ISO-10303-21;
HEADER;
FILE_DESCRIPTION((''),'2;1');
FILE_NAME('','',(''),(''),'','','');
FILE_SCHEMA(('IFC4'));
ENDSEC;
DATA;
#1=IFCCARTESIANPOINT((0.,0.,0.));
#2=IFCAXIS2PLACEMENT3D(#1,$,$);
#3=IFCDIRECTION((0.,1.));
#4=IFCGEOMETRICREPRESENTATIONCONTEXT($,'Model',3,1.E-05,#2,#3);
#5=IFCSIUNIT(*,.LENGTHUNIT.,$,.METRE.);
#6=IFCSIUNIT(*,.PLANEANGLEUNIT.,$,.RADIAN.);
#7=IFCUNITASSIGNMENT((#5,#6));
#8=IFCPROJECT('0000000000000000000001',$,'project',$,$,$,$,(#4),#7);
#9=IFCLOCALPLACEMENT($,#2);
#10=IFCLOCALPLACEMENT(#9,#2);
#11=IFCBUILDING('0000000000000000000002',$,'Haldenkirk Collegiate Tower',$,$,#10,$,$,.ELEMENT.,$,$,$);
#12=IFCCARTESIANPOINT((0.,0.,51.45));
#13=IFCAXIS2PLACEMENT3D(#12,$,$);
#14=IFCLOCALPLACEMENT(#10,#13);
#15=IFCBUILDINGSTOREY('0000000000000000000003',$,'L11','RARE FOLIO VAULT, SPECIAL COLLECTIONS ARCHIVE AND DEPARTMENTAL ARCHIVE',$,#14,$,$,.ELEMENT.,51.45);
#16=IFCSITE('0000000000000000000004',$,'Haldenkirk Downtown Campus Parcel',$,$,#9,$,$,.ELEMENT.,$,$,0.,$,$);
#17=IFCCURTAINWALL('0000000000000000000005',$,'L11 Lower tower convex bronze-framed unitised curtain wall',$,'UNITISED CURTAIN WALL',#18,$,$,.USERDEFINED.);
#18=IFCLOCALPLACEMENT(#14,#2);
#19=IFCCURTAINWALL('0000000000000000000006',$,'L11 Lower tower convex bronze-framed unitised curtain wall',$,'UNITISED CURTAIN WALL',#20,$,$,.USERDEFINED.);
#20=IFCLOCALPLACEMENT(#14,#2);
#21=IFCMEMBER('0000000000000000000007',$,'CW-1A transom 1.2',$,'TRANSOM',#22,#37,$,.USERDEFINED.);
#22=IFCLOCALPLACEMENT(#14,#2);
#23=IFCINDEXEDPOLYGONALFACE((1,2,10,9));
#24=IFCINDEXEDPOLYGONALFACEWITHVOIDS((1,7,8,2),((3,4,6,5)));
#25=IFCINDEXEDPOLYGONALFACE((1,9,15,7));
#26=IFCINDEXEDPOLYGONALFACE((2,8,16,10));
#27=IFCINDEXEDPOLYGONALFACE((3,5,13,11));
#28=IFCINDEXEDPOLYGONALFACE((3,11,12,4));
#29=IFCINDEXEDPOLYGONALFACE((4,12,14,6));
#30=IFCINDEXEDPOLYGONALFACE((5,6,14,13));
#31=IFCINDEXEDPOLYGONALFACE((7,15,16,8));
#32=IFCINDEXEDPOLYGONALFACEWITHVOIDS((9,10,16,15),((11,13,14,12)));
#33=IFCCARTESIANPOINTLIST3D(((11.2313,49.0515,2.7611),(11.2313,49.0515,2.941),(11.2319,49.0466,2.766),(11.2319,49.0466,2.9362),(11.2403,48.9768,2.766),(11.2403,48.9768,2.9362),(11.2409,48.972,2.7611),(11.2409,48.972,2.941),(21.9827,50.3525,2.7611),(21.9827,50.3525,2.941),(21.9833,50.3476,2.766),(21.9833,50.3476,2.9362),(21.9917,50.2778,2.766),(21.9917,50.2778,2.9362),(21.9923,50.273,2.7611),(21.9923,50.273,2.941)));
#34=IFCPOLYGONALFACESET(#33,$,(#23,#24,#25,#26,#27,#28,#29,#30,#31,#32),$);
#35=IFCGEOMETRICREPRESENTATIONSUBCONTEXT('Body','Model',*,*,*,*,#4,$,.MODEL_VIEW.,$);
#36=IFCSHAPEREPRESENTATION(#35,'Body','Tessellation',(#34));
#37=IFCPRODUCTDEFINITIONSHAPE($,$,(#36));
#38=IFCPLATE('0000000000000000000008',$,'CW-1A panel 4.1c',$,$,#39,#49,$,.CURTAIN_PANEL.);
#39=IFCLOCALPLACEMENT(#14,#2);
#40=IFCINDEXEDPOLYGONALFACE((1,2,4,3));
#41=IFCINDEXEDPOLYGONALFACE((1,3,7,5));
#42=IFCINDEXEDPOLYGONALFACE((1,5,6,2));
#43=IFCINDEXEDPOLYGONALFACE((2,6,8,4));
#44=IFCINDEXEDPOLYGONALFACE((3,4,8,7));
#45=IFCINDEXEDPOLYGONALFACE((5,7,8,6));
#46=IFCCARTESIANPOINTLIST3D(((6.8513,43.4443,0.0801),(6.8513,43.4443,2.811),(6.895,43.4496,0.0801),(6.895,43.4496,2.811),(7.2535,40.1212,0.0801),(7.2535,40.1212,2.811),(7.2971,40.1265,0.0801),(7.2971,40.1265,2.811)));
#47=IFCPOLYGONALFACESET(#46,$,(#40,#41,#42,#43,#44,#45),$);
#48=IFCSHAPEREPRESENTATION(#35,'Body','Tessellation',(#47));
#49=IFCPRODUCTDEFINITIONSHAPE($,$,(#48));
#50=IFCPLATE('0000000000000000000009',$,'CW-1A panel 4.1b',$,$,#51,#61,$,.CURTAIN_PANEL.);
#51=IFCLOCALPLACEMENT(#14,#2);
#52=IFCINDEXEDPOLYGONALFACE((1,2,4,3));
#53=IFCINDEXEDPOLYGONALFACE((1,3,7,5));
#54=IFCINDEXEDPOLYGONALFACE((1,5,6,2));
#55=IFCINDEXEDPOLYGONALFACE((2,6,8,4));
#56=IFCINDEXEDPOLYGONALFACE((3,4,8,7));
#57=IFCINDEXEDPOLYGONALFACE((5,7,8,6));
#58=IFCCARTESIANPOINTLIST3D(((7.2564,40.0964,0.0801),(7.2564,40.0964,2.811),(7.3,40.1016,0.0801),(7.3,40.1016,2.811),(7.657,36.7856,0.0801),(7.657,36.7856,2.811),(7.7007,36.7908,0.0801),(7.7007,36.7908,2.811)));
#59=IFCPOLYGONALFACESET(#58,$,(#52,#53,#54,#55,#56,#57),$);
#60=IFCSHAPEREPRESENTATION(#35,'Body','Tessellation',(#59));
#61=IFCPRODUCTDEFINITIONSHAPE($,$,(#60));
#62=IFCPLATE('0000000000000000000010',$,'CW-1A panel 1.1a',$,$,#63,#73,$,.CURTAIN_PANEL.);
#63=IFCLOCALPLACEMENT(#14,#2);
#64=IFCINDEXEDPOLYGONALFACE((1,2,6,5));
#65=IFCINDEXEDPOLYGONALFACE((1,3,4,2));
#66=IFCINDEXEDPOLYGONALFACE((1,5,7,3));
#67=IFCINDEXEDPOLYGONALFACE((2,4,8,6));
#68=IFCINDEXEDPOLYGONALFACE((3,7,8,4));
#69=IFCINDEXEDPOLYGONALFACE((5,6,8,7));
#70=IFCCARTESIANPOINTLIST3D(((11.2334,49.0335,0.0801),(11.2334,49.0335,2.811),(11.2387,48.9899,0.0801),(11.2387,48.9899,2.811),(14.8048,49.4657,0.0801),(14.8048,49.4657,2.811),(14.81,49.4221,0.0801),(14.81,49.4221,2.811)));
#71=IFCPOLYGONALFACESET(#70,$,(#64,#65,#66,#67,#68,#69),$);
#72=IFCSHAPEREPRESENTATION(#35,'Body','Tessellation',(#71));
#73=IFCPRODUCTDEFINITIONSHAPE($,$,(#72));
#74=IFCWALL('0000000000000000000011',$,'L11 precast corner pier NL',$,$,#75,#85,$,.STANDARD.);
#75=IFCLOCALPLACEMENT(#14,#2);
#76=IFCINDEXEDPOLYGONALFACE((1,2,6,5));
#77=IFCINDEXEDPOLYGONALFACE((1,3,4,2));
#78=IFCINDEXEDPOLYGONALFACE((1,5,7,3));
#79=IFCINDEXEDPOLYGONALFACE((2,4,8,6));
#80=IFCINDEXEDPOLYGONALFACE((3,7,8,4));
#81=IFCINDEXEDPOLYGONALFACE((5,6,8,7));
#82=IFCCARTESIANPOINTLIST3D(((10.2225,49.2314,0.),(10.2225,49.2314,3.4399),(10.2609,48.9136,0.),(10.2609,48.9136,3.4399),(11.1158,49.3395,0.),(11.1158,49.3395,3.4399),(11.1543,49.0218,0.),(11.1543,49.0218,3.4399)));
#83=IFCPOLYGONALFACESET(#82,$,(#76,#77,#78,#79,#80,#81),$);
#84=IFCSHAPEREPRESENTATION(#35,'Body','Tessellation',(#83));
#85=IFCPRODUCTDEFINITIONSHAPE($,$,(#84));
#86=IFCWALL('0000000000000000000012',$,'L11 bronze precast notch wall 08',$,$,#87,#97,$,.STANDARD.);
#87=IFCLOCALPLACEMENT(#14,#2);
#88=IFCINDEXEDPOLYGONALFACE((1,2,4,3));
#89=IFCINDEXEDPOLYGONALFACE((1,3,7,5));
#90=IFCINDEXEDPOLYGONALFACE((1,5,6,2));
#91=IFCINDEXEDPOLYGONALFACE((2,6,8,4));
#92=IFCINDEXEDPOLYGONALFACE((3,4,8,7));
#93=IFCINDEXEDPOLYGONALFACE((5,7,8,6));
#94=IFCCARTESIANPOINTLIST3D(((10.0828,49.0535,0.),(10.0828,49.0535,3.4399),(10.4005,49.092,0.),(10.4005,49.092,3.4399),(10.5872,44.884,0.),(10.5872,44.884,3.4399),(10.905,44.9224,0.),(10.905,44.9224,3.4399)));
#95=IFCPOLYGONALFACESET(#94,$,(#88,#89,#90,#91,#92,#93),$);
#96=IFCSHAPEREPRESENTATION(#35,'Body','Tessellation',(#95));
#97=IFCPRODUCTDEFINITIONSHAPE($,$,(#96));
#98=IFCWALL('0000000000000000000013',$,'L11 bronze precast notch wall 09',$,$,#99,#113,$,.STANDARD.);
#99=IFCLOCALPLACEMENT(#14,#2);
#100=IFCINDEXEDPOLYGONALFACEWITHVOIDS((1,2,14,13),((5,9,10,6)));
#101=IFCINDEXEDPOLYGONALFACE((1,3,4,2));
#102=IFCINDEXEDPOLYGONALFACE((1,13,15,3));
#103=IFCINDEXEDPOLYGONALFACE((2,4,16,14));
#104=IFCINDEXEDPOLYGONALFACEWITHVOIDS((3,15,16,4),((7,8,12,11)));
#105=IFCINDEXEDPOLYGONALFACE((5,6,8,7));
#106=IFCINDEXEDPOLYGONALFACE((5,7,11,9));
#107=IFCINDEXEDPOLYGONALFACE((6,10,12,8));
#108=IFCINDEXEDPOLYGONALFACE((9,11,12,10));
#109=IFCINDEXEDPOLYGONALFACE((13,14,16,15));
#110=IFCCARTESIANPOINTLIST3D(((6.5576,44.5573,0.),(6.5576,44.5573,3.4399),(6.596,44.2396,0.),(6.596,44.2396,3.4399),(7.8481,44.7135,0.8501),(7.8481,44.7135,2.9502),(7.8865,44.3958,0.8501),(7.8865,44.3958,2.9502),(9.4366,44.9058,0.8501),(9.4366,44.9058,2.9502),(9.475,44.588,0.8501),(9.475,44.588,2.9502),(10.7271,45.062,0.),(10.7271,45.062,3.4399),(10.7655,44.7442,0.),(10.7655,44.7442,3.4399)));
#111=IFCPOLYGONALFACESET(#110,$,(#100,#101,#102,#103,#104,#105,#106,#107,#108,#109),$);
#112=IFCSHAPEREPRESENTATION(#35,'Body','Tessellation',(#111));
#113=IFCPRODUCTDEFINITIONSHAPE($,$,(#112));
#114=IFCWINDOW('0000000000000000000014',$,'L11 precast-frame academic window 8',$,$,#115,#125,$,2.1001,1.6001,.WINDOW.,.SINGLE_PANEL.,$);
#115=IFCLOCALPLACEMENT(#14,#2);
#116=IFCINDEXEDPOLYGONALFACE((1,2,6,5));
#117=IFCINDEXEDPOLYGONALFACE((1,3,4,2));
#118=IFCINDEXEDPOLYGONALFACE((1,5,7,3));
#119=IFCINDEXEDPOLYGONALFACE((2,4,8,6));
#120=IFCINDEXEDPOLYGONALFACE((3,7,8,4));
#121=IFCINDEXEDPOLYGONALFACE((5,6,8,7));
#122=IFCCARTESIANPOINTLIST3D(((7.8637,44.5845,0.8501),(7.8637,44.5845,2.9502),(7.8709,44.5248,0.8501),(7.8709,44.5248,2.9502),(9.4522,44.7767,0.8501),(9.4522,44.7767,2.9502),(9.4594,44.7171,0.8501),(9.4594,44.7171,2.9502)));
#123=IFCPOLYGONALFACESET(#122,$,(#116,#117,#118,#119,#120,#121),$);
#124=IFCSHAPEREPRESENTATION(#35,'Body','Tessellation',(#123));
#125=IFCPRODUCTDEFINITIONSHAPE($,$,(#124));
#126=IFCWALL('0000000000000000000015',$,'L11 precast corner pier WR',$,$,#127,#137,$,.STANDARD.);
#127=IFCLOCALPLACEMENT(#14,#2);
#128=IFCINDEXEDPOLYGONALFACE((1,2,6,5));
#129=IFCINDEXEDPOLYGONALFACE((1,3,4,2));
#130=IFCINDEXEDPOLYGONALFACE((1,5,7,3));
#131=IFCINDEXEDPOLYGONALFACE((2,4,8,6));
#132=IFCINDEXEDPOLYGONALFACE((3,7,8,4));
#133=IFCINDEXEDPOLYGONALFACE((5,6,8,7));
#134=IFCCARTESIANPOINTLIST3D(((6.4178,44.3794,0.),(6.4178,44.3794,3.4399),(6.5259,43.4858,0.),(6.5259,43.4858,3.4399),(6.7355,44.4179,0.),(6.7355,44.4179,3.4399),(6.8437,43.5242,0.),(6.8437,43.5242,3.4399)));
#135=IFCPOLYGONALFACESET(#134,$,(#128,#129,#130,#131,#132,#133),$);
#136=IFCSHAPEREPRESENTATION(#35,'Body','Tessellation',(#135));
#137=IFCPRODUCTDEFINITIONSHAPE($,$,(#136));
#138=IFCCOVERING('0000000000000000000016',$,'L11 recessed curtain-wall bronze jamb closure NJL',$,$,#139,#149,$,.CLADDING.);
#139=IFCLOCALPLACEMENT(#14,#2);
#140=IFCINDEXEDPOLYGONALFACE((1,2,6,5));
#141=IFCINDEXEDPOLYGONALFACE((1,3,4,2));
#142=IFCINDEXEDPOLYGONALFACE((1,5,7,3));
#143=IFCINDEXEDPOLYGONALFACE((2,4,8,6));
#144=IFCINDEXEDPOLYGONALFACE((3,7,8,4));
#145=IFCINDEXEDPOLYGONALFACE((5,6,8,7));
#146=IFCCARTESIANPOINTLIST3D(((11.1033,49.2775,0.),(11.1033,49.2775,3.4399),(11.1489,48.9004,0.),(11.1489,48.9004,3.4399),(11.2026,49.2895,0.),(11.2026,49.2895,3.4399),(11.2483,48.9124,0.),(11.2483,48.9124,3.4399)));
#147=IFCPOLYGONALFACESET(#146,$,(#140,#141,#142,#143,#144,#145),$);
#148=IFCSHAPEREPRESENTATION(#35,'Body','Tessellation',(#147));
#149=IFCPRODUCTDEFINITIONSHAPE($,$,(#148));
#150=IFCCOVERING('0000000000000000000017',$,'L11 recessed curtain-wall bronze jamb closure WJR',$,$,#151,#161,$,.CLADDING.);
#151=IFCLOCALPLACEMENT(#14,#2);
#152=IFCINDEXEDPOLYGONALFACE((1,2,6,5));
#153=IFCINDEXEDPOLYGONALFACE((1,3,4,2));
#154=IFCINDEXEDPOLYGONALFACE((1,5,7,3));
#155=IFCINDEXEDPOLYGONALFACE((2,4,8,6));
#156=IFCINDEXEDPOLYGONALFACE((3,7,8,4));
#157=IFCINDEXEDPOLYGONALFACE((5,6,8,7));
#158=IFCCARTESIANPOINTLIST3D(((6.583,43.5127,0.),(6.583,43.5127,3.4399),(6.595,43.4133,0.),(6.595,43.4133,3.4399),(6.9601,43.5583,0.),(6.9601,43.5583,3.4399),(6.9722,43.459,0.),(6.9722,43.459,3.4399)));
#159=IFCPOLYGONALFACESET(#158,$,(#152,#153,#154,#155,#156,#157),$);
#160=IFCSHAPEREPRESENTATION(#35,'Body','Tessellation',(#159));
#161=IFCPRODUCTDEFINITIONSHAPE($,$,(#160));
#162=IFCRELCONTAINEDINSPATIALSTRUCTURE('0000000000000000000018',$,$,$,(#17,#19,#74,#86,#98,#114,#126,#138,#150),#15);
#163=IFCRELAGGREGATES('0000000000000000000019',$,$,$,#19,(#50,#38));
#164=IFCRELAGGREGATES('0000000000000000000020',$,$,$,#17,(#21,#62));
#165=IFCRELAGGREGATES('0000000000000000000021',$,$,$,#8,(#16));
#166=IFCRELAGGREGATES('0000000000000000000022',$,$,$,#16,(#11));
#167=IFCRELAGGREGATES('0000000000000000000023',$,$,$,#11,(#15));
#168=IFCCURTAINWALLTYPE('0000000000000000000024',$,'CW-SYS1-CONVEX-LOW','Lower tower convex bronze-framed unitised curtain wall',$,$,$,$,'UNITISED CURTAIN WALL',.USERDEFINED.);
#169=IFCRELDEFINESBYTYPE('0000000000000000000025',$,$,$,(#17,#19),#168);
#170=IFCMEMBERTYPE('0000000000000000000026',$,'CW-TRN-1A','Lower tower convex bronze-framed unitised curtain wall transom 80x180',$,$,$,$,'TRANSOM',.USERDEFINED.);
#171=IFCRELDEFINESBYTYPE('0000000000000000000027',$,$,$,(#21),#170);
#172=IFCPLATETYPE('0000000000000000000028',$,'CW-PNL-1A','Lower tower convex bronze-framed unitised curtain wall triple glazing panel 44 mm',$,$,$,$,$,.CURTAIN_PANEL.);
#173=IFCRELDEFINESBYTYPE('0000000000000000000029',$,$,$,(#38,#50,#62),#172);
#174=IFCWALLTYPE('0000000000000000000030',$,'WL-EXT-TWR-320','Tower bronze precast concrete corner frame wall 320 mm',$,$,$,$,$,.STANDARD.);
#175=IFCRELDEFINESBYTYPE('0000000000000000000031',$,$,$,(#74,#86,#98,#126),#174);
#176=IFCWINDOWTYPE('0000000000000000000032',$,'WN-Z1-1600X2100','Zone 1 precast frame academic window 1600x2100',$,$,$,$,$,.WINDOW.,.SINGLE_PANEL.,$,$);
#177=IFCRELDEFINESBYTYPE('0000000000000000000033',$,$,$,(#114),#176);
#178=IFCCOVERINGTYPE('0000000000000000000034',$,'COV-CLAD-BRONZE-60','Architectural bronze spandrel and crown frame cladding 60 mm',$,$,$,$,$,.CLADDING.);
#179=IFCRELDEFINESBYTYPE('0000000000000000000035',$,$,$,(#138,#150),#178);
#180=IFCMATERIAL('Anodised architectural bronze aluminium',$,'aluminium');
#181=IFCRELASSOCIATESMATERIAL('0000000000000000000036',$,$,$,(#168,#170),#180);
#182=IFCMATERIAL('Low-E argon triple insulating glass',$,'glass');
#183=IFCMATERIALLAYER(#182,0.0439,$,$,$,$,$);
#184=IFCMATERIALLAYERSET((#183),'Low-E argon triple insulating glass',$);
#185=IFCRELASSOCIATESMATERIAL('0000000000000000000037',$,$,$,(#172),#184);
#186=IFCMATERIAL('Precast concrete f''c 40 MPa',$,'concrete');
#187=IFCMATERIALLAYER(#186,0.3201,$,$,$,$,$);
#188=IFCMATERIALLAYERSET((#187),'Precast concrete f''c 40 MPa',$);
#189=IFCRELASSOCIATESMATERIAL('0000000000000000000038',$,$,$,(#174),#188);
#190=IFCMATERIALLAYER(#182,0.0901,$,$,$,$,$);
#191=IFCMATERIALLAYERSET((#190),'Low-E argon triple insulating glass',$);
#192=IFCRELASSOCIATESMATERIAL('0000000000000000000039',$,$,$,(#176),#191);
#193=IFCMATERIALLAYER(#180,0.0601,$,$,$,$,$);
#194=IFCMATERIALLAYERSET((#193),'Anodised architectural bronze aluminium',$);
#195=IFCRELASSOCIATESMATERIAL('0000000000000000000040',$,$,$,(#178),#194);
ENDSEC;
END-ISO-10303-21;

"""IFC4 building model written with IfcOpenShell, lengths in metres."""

from ifc_helpers import new_model, si_unit, direction, frame, frame_2d, origin, origin_2d, place, context, subcontext, project, spatial, rectangle, hollow_rectangle, extrude, source, transform, mapped, material, layer, layer_set, material_profile, profile_set, type_object, element, fill, aggregate, save


model = new_model("IFC4")

# Units and contexts
model_context = context("Model", 3, precision=1e-05, world=origin(), true_north=direction((0.0, 1.0)))
body_context = subcontext(model_context, "Body", "Model", "MODEL_VIEW")
ifc_project = project(units=[si_unit("LENGTHUNIT", "METRE"), si_unit("PLANEANGLEUNIT", "RADIAN")], contexts=[model_context])

# Site, building, storey
site_placement = place(None, origin())
site = spatial("IfcSite", under=ifc_project, at=site_placement, Name="Haldenkirk Downtown Campus Parcel", CompositionType="ELEMENT", RefElevation=0.0)
building_placement = place(site_placement, origin())
building = spatial("IfcBuilding", under=site, at=building_placement, Name="Haldenkirk Collegiate Tower", CompositionType="ELEMENT")
storey_placement = place(building_placement, frame((0.0, 0.0, 51.45)))
storey = spatial("IfcBuildingStorey", under=building, at=storey_placement, Name="L11", Description="RARE FOLIO VAULT, SPECIAL COLLECTIONS ARCHIVE AND DEPARTMENTAL ARCHIVE", CompositionType="ELEMENT", Elevation=51.45)

# Curtain walls
ifc_material_1 = material(Name="Anodised architectural bronze aluminium", Category="aluminium")
curtain_wall_type = type_object("IfcCurtainWallType", Name="CW-SYS1-CONVEX-LOW", Description="Lower tower convex bronze-framed unitised curtain wall", ElementType="UNITISED CURTAIN WALL", PredefinedType="USERDEFINED", material=ifc_material_1)
curtain_wall_1_placement = place(storey_placement, origin())
curtain_wall_1 = element("IfcCurtainWall", 1, at=curtain_wall_1_placement, inside=storey, type_object=curtain_wall_type, Name="L11 Lower tower convex bronze-framed unitised curtain wall", ObjectType="UNITISED CURTAIN WALL", PredefinedType="USERDEFINED")
curtain_wall_2_placement = place(storey_placement, origin())
curtain_wall_2 = element("IfcCurtainWall", 2, at=curtain_wall_2_placement, inside=storey, type_object=curtain_wall_type, Name="L11 Lower tower convex bronze-framed unitised curtain wall", ObjectType="UNITISED CURTAIN WALL", PredefinedType="USERDEFINED")

# Member
ifc_material_profile_1 = material_profile(ifc_material_1, hollow_rectangle(XDim=0.0801, YDim=0.1799, WallThickness=0.0049, at=origin_2d()), Name="CW-TRN-1A")
ifc_profile_set_1 = profile_set([ifc_material_profile_1], Name="Anodised architectural bronze aluminium")
member_type_1 = type_object("IfcMemberType", Name="CW-TRN-1A", Description="Lower tower convex bronze-framed unitised curtain wall transom 80x180", ElementType="TRANSOM", PredefinedType="USERDEFINED", material=ifc_profile_set_1)
member_1_placement = place(storey_placement, frame((11.2361, 49.0117, 2.8511), z_axis=(0.992758, 0.120133, 0.0), x_axis=(-0.120133, 0.992758, 0.0)))
member_1 = element("IfcMember", 3, at=member_1_placement, type_object=member_type_1, Name="CW-1A transom 1.2", ObjectType="TRANSOM", PredefinedType="USERDEFINED", context=body_context, shape_type="SweptSolid", body=[
    extrude(hollow_rectangle(XDim=0.0801, YDim=0.1799, WallThickness=0.0049, at=origin_2d()), origin(), (0.0, 0.0, 1.0), 10.8298),
])

# Plates
ifc_material_2 = material(Name="Low-E argon triple insulating glass", Category="glass")
ifc_layer_1 = layer(ifc_material_2, 0.0439)
ifc_layer_set_1 = layer_set([ifc_layer_1], Name="Low-E argon triple insulating glass")
plate_type = type_object("IfcPlateType", Name="CW-PNL-1A", Description="Lower tower convex bronze-framed unitised curtain wall triple glazing panel 44 mm", PredefinedType="CURTAIN_PANEL", material=ifc_layer_set_1)
shared_shape_1 = source(origin(), body_context, "Body", "SweptSolid", [
    extrude(rectangle(XDim=3.3474, YDim=0.0439, at=origin_2d()), origin(), (0.0, 0.0, 1.0), 2.731),
])
plate_1_placement = place(storey_placement, frame((7.0742, 41.7854, 0.0801), z_axis=(0.0, 0.0, 1.0), x_axis=(-0.120138, 0.992757, 0.0)))
plate_1 = element("IfcPlate", 4, at=plate_1_placement, type_object=plate_type, Name="CW-1A panel 4.1c", PredefinedType="CURTAIN_PANEL", context=body_context, shape_type="MappedRepresentation", body=[
    mapped(shared_shape_1, transform((0.0, 0.0, 0.0), x_axis=(1.0, 0.0, 0.0), y_axis=(0.0, 1.0, 0.0), z_axis=(0.0, 0.0, 1.0), scale=1.0)),
])
shared_shape_2 = source(origin(), body_context, "Body", "SweptSolid", [
    extrude(rectangle(XDim=3.335, YDim=0.0439, at=origin_2d()), origin(), (0.0, 0.0, 1.0), 2.731),
])
plate_2_placement = place(storey_placement, frame((7.4785, 38.4436, 0.0801), z_axis=(0.0, 0.0, 1.0), x_axis=(-0.120138, 0.992757, 0.0)))
plate_2 = element("IfcPlate", 5, at=plate_2_placement, type_object=plate_type, Name="CW-1A panel 4.1b", PredefinedType="CURTAIN_PANEL", context=body_context, shape_type="MappedRepresentation", body=[
    mapped(shared_shape_2, transform((0.0, 0.0, 0.0), x_axis=(1.0, 0.0, 0.0), y_axis=(0.0, 1.0, 0.0), z_axis=(0.0, 0.0, 1.0), scale=1.0)),
])
aggregate(curtain_wall_2, [plate_2, plate_1])
shared_shape_3 = source(origin(), body_context, "Body", "SweptSolid", [
    extrude(rectangle(XDim=3.5974, YDim=0.0439, at=origin_2d()), origin(), (0.0, 0.0, 1.0), 2.731),
])
plate_3_placement = place(storey_placement, frame((13.0217, 49.2278, 0.0801), z_axis=(0.0, 0.0, 1.0), x_axis=(0.992757, 0.120137, 0.0)))
plate_3 = element("IfcPlate", 6, at=plate_3_placement, type_object=plate_type, Name="CW-1A panel 1.1a", PredefinedType="CURTAIN_PANEL", context=body_context, shape_type="MappedRepresentation", body=[
    mapped(shared_shape_3, transform((0.0, 0.0, 0.0), x_axis=(1.0, 0.0, 0.0), y_axis=(0.0, 1.0, 0.0), z_axis=(0.0, 0.0, 1.0), scale=1.0)),
])
aggregate(curtain_wall_1, [member_1, plate_3])

# Walls
ifc_material_3 = material(Name="Precast concrete f'c 40 MPa", Category="concrete")
ifc_layer_2 = layer(ifc_material_3, 0.3201)
ifc_layer_set_2 = layer_set([ifc_layer_2], Name="Precast concrete f'c 40 MPa")
wall_type = type_object("IfcWallType", Name="WL-EXT-TWR-320", Description="Tower bronze precast concrete corner frame wall 320 mm", PredefinedType="STANDARD", material=ifc_layer_set_2)
wall_1_placement = place(storey_placement, frame((10.2417, 49.0725, 0.0), z_axis=(0.0, 0.0, 1.0), x_axis=(0.99275, 0.120194, 0.0)))
element("IfcWall", 7, at=wall_1_placement, inside=storey, type_object=wall_type, Name="L11 precast corner pier NL", PredefinedType="STANDARD", context=body_context, shape_type="SweptSolid", body=[
    extrude(rectangle(XDim=0.8999, YDim=0.3201, at=frame_2d((0.45, 0.0))), origin(), (0.0, 0.0, 1.0), 3.4399),
])
wall_2_placement = place(storey_placement, frame((10.7461, 44.9031, 0.0), z_axis=(0.0, 0.0, 1.0), x_axis=(-0.120099, 0.992762, 0.0)))
element("IfcWall", 8, at=wall_2_placement, inside=storey, type_object=wall_type, Name="L11 bronze precast notch wall 08", PredefinedType="STANDARD", context=body_context, shape_type="SweptSolid", body=[
    extrude(rectangle(XDim=4.2, YDim=0.3201, at=frame_2d((2.1001, 0.0))), origin(), (0.0, 0.0, 1.0), 3.4399),
])

# Wall, opening, window
wall_3_placement = place(storey_placement, frame((6.5767, 44.3984, 0.0), z_axis=(0.0, 0.0, 1.0), x_axis=(0.992755, 0.120156, 0.0)))
wall_3 = element("IfcWall", 9, at=wall_3_placement, inside=storey, type_object=wall_type, Name="L11 bronze precast notch wall 09", PredefinedType="STANDARD", context=body_context, shape_type="SweptSolid", body=[
    extrude(rectangle(XDim=4.2, YDim=0.3201, at=frame_2d((2.1001, 0.0))), origin(), (0.0, 0.0, 1.0), 3.4399),
])
opening_placement = place(wall_3_placement, frame((1.3, 0.0, 0.8501)))
opening = element("IfcOpeningElement", 10, at=opening_placement, cuts=wall_3, PredefinedType="OPENING", context=body_context, shape_type="SweptSolid", body=[
    extrude(rectangle(XDim=1.6001, YDim=2.1001, at=frame_2d((0.8, 1.05))), frame((0.0, 0.1699, 0.0), z_axis=(0.0, -1.0, 0.0), x_axis=(1.0, 0.0, 0.0)), (0.0, 0.0, 1.0), 0.3401),
])
ifc_layer_3 = layer(ifc_material_2, 0.0901)
ifc_layer_set_3 = layer_set([ifc_layer_3], Name="Low-E argon triple insulating glass")
window_type = type_object("IfcWindowType", Name="WN-Z1-1600X2100", Description="Zone 1 precast frame academic window 1600x2100", PartitioningType="SINGLE_PANEL", PredefinedType="WINDOW", material=ifc_layer_set_3)
window_placement = place(opening_placement, origin())
window = element("IfcWindow", 11, at=window_placement, inside=storey, type_object=window_type, Name="L11 precast-frame academic window 8", OverallHeight=2.1001, OverallWidth=1.6001, PartitioningType="SINGLE_PANEL", PredefinedType="WINDOW", context=body_context, shape_type="SweptSolid", body=[
    extrude(rectangle(XDim=1.6001, YDim=2.1001, at=frame_2d((0.8, 1.05))), frame((0.0, 0.03, 0.0), z_axis=(0.0, -1.0, 0.0), x_axis=(1.0, 0.0, 0.0)), (0.0, 0.0, 1.0), 0.0601),
])
fill(opening, window)

# Wall
wall_4_placement = place(storey_placement, frame((6.6848, 43.5049, 0.0), z_axis=(0.0, 0.0, 1.0), x_axis=(-0.120161, 0.992754, 0.0)))
element("IfcWall", 12, at=wall_4_placement, inside=storey, type_object=wall_type, Name="L11 precast corner pier WR", PredefinedType="STANDARD", context=body_context, shape_type="SweptSolid", body=[
    extrude(rectangle(XDim=0.9001, YDim=0.3201, at=frame_2d((0.4502, 0.0))), origin(), (0.0, 0.0, 1.0), 3.4399),
])

# Coverings
ifc_layer_4 = layer(ifc_material_1, 0.0601)
ifc_layer_set_4 = layer_set([ifc_layer_4], Name="Anodised architectural bronze aluminium")
covering_type = type_object("IfcCoveringType", Name="COV-CLAD-BRONZE-60", Description="Architectural bronze spandrel and crown frame cladding 60 mm", PredefinedType="CLADDING", material=ifc_layer_set_4)
shared_shape_4 = source(origin(), body_context, "Body", "SweptSolid", [
    extrude(rectangle(XDim=0.1001, YDim=0.3799, at=origin_2d()), origin(), (0.0, 0.0, 1.0), 3.4399),
])
for number, where, z_axis, x_axis, name in (
    (13, (11.1758, 49.095, 0.0), (0.0, 0.0, 1.0), (0.992757, 0.120137, 0.0), "L11 recessed curtain-wall bronze jamb closure NJL"),
    (14, (6.7776, 43.4858, 0.0), (0.0, 0.0, 1.0), (-0.120137, 0.992757, 0.0), "L11 recessed curtain-wall bronze jamb closure WJR"),
):
    element("IfcCovering", number, at=place(storey_placement, frame(where, z_axis=z_axis, x_axis=x_axis)), inside=storey, type_object=covering_type, Name=name, PredefinedType="CLADDING", context=body_context, shape_type="MappedRepresentation", body=[
        mapped(shared_shape_4, transform((0.0, 0.0, 0.0), x_axis=(1.0, 0.0, 0.0), y_axis=(0.0, 1.0, 0.0), z_axis=(0.0, 0.0, 1.0), scale=1.0)),
    ])

save(model, "model.ifc")
